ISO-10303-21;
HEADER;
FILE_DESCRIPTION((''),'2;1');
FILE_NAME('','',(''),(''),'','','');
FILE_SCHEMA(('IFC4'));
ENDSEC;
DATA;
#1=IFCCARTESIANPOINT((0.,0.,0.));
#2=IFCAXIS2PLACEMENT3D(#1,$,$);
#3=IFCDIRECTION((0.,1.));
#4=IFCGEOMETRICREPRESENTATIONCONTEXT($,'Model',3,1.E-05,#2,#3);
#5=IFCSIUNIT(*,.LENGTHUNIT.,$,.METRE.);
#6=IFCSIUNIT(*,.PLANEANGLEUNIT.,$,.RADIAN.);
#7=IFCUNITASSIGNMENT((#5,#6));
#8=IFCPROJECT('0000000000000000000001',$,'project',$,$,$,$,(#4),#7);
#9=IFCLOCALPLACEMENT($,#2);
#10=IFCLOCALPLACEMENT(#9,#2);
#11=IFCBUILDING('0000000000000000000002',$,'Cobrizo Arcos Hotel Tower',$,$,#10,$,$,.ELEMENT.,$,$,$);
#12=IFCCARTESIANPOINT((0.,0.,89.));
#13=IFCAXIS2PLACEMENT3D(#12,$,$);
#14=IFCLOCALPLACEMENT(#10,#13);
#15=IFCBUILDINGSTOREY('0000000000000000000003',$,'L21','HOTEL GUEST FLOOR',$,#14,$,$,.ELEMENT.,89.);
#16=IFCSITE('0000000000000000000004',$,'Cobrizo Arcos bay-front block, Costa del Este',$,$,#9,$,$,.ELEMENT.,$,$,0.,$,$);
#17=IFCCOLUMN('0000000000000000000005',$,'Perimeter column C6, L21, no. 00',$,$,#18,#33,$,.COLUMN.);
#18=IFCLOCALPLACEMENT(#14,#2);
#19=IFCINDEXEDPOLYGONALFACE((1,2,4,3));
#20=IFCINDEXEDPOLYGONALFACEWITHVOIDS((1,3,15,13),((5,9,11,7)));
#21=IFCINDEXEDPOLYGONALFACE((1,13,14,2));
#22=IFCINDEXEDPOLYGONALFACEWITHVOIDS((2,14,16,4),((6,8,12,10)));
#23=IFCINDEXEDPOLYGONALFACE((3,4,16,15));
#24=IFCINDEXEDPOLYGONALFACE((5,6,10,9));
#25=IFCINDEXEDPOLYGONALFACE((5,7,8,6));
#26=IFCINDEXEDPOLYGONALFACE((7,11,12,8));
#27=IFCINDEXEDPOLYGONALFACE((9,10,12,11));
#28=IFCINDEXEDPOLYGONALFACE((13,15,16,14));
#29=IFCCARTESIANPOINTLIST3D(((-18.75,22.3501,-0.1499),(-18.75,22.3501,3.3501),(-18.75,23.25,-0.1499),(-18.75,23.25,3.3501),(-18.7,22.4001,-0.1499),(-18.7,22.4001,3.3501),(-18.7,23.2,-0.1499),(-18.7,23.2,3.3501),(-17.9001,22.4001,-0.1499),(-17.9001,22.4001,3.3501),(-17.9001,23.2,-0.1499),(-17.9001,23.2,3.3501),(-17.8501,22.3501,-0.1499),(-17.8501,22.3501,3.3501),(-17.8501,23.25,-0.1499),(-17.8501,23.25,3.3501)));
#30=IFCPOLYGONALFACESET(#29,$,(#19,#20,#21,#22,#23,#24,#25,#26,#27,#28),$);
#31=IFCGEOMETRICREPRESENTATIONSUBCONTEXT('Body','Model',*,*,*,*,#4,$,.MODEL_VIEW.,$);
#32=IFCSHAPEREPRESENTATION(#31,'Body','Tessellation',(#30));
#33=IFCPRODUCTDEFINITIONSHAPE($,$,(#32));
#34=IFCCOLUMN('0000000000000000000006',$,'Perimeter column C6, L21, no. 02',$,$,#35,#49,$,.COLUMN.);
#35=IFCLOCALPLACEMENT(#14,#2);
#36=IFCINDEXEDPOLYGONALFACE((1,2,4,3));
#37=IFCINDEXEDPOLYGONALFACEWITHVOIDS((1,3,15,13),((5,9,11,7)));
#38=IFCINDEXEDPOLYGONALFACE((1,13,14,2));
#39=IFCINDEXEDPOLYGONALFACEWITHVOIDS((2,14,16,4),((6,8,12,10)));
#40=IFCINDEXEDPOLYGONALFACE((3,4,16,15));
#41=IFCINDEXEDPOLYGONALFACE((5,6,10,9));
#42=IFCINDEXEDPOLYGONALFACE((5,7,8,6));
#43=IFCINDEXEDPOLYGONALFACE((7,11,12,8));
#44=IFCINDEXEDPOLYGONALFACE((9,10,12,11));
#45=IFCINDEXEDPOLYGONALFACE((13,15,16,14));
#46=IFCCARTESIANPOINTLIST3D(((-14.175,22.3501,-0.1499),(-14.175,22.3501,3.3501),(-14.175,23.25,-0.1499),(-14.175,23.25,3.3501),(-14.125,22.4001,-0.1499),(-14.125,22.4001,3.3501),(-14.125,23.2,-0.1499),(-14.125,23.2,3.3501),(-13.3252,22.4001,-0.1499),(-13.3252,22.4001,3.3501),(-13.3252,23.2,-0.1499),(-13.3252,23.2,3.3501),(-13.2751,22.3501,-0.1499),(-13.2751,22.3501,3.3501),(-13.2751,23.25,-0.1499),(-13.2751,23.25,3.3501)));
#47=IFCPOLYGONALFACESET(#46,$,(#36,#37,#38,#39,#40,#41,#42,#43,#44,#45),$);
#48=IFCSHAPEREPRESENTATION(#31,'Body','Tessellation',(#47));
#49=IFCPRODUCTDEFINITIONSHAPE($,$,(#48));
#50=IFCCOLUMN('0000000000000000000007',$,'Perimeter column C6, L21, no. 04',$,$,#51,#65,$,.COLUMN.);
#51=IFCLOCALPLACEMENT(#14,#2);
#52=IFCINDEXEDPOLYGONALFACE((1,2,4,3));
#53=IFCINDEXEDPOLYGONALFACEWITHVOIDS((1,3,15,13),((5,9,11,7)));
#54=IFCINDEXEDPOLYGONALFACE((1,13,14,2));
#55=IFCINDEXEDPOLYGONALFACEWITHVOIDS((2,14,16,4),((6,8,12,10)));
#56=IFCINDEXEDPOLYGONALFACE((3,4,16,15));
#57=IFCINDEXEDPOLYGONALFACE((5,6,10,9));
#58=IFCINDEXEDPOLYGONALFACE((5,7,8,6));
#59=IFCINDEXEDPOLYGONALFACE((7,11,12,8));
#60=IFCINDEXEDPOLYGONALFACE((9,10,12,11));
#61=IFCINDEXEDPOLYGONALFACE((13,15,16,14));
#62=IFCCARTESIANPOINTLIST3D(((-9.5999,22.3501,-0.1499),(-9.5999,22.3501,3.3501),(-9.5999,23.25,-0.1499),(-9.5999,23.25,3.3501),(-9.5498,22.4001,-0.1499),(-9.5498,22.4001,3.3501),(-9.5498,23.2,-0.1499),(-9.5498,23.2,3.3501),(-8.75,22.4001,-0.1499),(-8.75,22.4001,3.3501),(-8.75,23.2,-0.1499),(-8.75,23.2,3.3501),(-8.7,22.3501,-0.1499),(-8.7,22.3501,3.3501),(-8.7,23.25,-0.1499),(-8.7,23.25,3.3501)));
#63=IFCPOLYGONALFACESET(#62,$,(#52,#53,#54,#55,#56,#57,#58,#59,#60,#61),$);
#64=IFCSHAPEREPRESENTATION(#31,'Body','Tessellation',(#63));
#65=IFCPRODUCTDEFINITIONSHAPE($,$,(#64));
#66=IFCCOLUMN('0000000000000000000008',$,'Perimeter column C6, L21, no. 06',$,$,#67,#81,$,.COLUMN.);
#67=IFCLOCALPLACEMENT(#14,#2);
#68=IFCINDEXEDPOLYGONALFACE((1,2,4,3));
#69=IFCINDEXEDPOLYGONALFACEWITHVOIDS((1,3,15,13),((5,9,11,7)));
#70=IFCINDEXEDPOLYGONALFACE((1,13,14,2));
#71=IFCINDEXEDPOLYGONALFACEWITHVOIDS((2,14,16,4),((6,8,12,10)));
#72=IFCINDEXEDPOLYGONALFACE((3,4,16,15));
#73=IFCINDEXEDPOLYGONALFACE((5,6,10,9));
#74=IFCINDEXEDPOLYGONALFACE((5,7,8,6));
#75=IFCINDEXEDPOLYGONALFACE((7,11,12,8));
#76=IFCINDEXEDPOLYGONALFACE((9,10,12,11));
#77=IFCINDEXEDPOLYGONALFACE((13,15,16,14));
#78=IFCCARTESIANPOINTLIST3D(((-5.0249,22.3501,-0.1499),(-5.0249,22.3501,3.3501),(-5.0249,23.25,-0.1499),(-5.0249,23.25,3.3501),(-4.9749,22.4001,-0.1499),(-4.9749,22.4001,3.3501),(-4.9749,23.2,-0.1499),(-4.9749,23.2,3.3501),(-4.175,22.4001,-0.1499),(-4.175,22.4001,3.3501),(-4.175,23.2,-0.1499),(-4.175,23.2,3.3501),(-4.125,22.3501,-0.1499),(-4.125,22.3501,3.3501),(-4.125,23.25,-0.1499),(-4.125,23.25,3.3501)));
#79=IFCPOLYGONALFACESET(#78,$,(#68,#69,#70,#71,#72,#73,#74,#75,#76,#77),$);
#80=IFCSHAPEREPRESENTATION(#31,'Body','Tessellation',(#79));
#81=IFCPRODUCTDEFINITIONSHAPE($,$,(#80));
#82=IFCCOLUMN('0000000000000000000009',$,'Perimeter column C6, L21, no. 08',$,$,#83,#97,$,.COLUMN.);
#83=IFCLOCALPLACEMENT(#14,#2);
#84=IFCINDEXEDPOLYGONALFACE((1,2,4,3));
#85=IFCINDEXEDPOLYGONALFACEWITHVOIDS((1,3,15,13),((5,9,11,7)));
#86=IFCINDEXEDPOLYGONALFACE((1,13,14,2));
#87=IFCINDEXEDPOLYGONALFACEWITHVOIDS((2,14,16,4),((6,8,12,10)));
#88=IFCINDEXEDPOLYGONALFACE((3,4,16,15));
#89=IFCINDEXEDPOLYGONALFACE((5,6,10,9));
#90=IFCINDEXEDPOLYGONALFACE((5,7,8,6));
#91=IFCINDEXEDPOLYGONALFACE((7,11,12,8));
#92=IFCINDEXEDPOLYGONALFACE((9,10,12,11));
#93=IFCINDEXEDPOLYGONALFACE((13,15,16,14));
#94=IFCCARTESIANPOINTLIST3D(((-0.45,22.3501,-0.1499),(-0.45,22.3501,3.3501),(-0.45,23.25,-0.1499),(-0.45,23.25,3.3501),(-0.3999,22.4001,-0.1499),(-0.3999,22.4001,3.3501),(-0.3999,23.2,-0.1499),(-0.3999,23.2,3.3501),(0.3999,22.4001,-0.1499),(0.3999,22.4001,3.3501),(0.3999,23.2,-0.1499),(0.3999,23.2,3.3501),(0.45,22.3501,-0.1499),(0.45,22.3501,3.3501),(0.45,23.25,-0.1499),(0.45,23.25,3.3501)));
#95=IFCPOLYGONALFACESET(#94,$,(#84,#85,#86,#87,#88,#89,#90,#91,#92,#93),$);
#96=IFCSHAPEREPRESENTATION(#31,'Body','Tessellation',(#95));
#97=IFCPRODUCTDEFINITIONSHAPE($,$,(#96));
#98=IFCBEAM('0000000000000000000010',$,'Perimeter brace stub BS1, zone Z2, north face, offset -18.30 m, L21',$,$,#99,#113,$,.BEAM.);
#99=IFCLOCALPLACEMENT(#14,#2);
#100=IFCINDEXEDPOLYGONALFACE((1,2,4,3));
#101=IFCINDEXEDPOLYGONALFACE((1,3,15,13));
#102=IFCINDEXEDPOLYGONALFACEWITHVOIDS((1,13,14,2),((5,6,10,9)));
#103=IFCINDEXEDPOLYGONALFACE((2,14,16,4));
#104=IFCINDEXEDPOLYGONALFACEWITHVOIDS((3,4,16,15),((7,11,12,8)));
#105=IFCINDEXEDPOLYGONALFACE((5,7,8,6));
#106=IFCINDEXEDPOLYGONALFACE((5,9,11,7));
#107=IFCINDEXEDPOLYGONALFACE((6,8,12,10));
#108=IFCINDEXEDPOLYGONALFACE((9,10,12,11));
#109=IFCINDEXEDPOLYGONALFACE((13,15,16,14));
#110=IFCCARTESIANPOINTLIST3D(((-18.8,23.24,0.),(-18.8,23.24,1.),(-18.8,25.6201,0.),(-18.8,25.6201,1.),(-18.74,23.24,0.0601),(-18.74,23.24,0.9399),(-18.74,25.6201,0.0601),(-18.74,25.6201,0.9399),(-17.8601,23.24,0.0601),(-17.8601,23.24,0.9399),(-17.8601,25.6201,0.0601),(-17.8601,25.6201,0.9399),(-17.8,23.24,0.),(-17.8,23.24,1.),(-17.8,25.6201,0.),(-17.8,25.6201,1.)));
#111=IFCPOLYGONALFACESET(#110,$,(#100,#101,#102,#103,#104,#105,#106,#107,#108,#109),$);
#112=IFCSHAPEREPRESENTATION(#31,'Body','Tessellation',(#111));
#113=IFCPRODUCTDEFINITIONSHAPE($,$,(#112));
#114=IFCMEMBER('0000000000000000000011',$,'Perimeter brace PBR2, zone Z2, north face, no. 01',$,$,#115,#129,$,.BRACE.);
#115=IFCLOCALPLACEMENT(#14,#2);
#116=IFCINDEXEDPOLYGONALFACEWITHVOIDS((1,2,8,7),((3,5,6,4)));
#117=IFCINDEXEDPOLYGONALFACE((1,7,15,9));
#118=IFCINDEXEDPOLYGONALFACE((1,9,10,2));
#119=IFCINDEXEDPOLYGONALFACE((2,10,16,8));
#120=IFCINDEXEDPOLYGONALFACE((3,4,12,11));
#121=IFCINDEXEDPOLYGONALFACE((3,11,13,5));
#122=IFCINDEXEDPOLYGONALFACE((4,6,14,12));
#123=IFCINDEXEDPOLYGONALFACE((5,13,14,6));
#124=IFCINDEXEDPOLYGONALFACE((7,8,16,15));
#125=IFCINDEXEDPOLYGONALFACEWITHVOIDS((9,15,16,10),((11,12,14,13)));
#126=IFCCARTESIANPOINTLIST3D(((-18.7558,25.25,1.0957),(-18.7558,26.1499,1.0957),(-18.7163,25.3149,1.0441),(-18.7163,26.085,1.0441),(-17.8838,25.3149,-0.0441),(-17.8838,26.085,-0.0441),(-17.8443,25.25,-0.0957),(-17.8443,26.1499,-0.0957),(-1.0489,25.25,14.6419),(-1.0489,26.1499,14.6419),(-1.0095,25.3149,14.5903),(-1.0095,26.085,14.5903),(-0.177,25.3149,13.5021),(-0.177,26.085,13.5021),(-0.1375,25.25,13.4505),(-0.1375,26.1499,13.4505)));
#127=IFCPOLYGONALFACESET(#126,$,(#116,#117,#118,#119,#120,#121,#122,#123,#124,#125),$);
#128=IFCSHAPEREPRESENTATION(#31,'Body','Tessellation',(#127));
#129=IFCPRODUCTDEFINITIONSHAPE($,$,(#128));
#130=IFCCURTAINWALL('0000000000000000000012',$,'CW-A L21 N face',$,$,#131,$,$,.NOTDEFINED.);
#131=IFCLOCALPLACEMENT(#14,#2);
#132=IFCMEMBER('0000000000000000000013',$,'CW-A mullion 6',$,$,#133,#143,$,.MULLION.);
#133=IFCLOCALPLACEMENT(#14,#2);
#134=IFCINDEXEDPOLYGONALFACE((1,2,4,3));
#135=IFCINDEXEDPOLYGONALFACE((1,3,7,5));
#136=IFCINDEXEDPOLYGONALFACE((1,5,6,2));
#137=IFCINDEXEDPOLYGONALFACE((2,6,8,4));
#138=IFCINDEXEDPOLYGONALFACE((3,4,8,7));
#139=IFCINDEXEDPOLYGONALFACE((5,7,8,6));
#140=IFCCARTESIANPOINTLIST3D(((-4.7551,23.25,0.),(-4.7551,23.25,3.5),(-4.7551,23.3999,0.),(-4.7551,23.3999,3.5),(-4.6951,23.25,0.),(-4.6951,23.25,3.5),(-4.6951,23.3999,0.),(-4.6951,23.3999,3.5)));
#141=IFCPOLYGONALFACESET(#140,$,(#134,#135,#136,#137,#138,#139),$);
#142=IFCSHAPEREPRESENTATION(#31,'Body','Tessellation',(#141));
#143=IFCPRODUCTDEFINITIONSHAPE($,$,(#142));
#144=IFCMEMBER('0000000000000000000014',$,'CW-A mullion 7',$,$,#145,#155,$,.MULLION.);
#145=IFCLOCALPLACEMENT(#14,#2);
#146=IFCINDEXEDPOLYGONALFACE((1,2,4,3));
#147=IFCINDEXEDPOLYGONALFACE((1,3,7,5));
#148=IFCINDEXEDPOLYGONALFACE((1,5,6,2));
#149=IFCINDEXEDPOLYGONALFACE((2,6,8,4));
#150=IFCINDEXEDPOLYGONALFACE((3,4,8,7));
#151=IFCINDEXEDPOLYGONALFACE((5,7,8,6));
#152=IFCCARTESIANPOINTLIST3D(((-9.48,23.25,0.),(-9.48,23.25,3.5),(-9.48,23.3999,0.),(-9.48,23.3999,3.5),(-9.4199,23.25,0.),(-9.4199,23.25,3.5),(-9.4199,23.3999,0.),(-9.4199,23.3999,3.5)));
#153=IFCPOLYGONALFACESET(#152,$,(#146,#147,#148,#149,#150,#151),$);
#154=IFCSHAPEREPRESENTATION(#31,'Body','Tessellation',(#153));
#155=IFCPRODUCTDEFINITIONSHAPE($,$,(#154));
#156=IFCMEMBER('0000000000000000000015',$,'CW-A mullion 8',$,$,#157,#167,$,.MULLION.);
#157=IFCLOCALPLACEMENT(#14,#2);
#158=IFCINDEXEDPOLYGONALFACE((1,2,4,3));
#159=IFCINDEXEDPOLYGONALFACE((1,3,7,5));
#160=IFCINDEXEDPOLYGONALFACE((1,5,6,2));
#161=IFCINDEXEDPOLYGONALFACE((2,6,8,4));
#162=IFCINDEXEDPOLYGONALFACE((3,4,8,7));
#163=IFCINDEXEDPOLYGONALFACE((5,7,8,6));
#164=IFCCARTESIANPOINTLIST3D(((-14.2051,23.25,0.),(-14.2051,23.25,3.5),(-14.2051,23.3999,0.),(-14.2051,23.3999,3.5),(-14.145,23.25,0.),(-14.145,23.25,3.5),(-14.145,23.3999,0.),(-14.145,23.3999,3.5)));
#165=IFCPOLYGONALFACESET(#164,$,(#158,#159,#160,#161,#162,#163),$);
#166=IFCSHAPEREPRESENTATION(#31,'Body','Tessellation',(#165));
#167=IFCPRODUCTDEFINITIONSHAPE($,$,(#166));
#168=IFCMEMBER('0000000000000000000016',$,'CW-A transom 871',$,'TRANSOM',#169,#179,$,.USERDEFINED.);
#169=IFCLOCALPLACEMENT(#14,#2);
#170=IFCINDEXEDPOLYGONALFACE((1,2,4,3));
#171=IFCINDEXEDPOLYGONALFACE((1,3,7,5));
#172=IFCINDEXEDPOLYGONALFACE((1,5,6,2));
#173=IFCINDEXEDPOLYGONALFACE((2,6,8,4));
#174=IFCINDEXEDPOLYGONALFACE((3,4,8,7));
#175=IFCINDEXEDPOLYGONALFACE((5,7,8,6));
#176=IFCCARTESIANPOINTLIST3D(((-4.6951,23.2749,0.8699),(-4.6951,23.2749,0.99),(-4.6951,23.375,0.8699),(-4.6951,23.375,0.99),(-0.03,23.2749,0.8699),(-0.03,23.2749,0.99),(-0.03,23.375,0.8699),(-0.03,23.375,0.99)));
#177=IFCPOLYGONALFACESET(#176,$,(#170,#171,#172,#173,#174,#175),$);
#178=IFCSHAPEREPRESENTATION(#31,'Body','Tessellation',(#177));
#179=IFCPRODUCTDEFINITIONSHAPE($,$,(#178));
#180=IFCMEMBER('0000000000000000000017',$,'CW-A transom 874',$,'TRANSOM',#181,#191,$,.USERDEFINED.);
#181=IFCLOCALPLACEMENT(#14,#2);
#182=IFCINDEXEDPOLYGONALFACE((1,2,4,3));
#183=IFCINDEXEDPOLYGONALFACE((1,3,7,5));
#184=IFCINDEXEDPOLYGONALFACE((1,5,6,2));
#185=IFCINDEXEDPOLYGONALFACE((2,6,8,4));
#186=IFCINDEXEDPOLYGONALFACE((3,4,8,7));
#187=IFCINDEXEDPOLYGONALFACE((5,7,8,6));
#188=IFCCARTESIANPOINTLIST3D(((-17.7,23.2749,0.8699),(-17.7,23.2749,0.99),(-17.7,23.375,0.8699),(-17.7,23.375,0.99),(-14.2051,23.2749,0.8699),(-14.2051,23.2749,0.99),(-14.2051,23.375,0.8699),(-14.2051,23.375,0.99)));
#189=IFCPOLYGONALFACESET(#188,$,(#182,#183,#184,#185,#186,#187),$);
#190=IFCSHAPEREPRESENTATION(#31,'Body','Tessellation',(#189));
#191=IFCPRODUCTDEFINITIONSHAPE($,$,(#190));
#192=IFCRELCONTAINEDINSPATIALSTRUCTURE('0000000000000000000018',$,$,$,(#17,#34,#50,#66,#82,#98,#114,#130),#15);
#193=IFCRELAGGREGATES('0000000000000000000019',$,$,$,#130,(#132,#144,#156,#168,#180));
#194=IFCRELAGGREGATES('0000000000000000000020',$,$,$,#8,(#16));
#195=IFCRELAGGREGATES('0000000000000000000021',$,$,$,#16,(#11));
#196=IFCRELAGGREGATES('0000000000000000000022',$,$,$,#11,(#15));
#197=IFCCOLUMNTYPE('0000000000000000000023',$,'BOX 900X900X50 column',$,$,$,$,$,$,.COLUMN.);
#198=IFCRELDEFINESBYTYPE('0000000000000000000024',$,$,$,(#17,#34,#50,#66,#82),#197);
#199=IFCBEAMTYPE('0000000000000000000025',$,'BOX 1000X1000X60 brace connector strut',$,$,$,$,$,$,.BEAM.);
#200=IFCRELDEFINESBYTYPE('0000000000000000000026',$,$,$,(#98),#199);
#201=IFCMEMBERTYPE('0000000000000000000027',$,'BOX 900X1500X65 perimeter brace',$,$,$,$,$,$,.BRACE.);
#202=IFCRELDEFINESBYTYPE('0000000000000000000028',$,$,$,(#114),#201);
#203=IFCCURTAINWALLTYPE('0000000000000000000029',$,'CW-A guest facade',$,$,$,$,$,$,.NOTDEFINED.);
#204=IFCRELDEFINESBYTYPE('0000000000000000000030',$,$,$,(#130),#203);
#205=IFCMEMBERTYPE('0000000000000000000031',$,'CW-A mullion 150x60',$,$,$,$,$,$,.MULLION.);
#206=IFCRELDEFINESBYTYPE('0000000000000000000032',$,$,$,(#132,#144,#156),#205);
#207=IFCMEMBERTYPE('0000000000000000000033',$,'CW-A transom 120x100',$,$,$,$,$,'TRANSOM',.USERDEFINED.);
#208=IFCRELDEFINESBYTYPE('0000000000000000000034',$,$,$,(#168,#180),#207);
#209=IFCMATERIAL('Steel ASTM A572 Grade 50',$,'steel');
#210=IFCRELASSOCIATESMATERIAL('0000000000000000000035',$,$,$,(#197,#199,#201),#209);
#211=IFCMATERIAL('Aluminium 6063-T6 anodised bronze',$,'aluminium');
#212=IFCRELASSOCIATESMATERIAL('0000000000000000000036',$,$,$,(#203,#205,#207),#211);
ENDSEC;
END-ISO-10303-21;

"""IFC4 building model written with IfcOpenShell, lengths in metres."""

from ifc_helpers import new_model, si_unit, direction, frame, origin, origin_2d, place, context, subcontext, project, spatial, rectangle, hollow_rectangle, extrude, material, material_profile, profile_set, type_object, element, aggregate, save


model = new_model("IFC4")

# Units and contexts
model_context = context("Model", 3, precision=1e-05, world=origin(), true_north=direction((0.0, 1.0)))
body_context = subcontext(model_context, "Body", "Model", "MODEL_VIEW")
ifc_project = project(units=[si_unit("LENGTHUNIT", "METRE"), si_unit("PLANEANGLEUNIT", "RADIAN")], contexts=[model_context])

# Site, building, storey
site_placement = place(None, origin())
site = spatial("IfcSite", under=ifc_project, at=site_placement, Name="Cobrizo Arcos bay-front block, Costa del Este", CompositionType="ELEMENT", RefElevation=0.0)
building_placement = place(site_placement, origin())
building = spatial("IfcBuilding", under=site, at=building_placement, Name="Cobrizo Arcos Hotel Tower", CompositionType="ELEMENT")
storey_placement = place(building_placement, frame((0.0, 0.0, 89.0)))
storey = spatial("IfcBuildingStorey", under=building, at=storey_placement, Name="L21", Description="HOTEL GUEST FLOOR", CompositionType="ELEMENT", Elevation=89.0)

# Columns
ifc_material_1 = material(Name="Steel ASTM A572 Grade 50", Category="steel")
ifc_material_profile_1 = material_profile(ifc_material_1, hollow_rectangle(XDim=0.8999, YDim=0.8999, WallThickness=0.05, at=origin_2d()), Name="BOX 900X900X50")
ifc_profile_set_1 = profile_set([ifc_material_profile_1], Name="Steel ASTM A572 Grade 50")
column_type = type_object("IfcColumnType", Name="BOX 900X900X50 column", PredefinedType="COLUMN", material=ifc_profile_set_1)
for number, where, z_axis, x_axis, name in (
    (1, (-18.3, 22.8, -0.1499), (0.0, 0.0, 1.0), (1.0, 0.0, 0.0), "Perimeter column C6, L21, no. 00"),
    (2, (-13.7251, 22.8, -0.1499), (0.0, 0.0, 1.0), (1.0, 0.0, 0.0), "Perimeter column C6, L21, no. 02"),
    (3, (-9.1499, 22.8, -0.1499), (0.0, 0.0, 1.0), (1.0, 0.0, 0.0), "Perimeter column C6, L21, no. 04"),
    (4, (-4.575, 22.8, -0.1499), (0.0, 0.0, 1.0), (1.0, 0.0, 0.0), "Perimeter column C6, L21, no. 06"),
    (5, (0.0, 22.8, -0.1499), (0.0, 0.0, 1.0), (1.0, 0.0, 0.0), "Perimeter column C6, L21, no. 08"),
):
    element("IfcColumn", number, at=place(storey_placement, frame(where, z_axis=z_axis, x_axis=x_axis)), inside=storey, type_object=column_type, Name=name, PredefinedType="COLUMN", context=body_context, shape_type="SweptSolid", body=[
        extrude(hollow_rectangle(XDim=0.8999, YDim=0.8999, WallThickness=0.05, at=origin_2d()), origin(), (0.0, 0.0, 1.0), 3.5),
    ])

# Beam
ifc_material_profile_2 = material_profile(ifc_material_1, hollow_rectangle(XDim=1.0, YDim=1.0, WallThickness=0.0601, at=origin_2d()), Name="BOX 1000X1000X60")
ifc_profile_set_2 = profile_set([ifc_material_profile_2], Name="Steel ASTM A572 Grade 50")
beam_type_1 = type_object("IfcBeamType", Name="BOX 1000X1000X60 brace connector strut", PredefinedType="BEAM", material=ifc_profile_set_2)
beam_1_placement = place(storey_placement, frame((-18.3, 23.24, 0.5), z_axis=(0.0, 1.0, 0.0), x_axis=(-1.0, 0.0, 0.0)))
element("IfcBeam", 6, at=beam_1_placement, inside=storey, type_object=beam_type_1, Name="Perimeter brace stub BS1, zone Z2, north face, offset -18.30 m, L21", PredefinedType="BEAM", context=body_context, shape_type="SweptSolid", body=[
    extrude(hollow_rectangle(XDim=1.0, YDim=1.0, WallThickness=0.0601, at=origin_2d()), origin(), (0.0, 0.0, 1.0), 2.3801),
])

# Member
ifc_material_profile_3 = material_profile(ifc_material_1, hollow_rectangle(XDim=0.8999, YDim=1.5, WallThickness=0.0649, at=origin_2d()), Name="BOX 900X1500X65")
ifc_profile_set_3 = profile_set([ifc_material_profile_3], Name="Steel ASTM A572 Grade 50")
member_type_1 = type_object("IfcMemberType", Name="BOX 900X1500X65 perimeter brace", PredefinedType="BRACE", material=ifc_profile_set_3)
member_1_placement = place(storey_placement, frame((-18.3, 25.7, 0.5), z_axis=(0.794235, 0.0, 0.60761), x_axis=(0.0, 1.0, 0.0)))
element("IfcMember", 7, at=member_1_placement, inside=storey, type_object=member_type_1, Name="Perimeter brace PBR2, zone Z2, north face, no. 01", PredefinedType="BRACE", context=body_context, shape_type="SweptSolid", body=[
    extrude(hollow_rectangle(XDim=0.8999, YDim=1.5, WallThickness=0.0649, at=origin_2d()), origin(), (0.0, 0.0, 1.0), 22.2942),
])

# Curtain wall, members
ifc_material_2 = material(Name="Aluminium 6063-T6 anodised bronze", Category="aluminium")
curtain_wall_type = type_object("IfcCurtainWallType", Name="CW-A guest facade", PredefinedType="NOTDEFINED", material=ifc_material_2)
curtain_wall_placement = place(storey_placement, origin())
curtain_wall = element("IfcCurtainWall", 8, at=curtain_wall_placement, inside=storey, type_object=curtain_wall_type, Name="CW-A L21 N face", PredefinedType="NOTDEFINED")
ifc_material_profile_4 = material_profile(ifc_material_2, rectangle(XDim=0.1499, YDim=0.0601, at=origin_2d()), Name="CW-A mullion 150x60")
ifc_profile_set_4 = profile_set([ifc_material_profile_4], Name="Aluminium 6063-T6 anodised bronze")
member_type_2 = type_object("IfcMemberType", Name="CW-A mullion 150x60", PredefinedType="MULLION", material=ifc_profile_set_4)
member_2_placement = place(storey_placement, frame((-4.7251, 23.325, 0.0), z_axis=(0.0, 0.0, 1.0), x_axis=(0.0, 1.0, 0.0)))
member_2 = element("IfcMember", 9, at=member_2_placement, type_object=member_type_2, Name="CW-A mullion 6", PredefinedType="MULLION", context=body_context, shape_type="SweptSolid", body=[
    extrude(rectangle(XDim=0.1499, YDim=0.0601, at=origin_2d()), origin(), (0.0, 0.0, 1.0), 3.5),
])
member_3_placement = place(storey_placement, frame((-9.45, 23.325, 0.0), z_axis=(0.0, 0.0, 1.0), x_axis=(0.0, 1.0, 0.0)))
member_3 = element("IfcMember", 10, at=member_3_placement, type_object=member_type_2, Name="CW-A mullion 7", PredefinedType="MULLION", context=body_context, shape_type="SweptSolid", body=[
    extrude(rectangle(XDim=0.1499, YDim=0.0601, at=origin_2d()), origin(), (0.0, 0.0, 1.0), 3.5),
])
member_4_placement = place(storey_placement, frame((-14.175, 23.325, 0.0), z_axis=(0.0, 0.0, 1.0), x_axis=(0.0, 1.0, 0.0)))
member_4 = element("IfcMember", 11, at=member_4_placement, type_object=member_type_2, Name="CW-A mullion 8", PredefinedType="MULLION", context=body_context, shape_type="SweptSolid", body=[
    extrude(rectangle(XDim=0.1499, YDim=0.0601, at=origin_2d()), origin(), (0.0, 0.0, 1.0), 3.5),
])
ifc_material_profile_5 = material_profile(ifc_material_2, rectangle(XDim=0.1001, YDim=0.1201, at=origin_2d()), Name="CW-A transom 120x100")
ifc_profile_set_5 = profile_set([ifc_material_profile_5], Name="Aluminium 6063-T6 anodised bronze")
member_type_3 = type_object("IfcMemberType", Name="CW-A transom 120x100", ElementType="TRANSOM", PredefinedType="USERDEFINED", material=ifc_profile_set_5)
member_5_placement = place(storey_placement, frame((-0.03, 23.325, 0.9299), z_axis=(-1.0, 0.0, 0.0), x_axis=(0.0, -1.0, 0.0)))
member_5 = element("IfcMember", 12, at=member_5_placement, type_object=member_type_3, Name="CW-A transom 871", ObjectType="TRANSOM", PredefinedType="USERDEFINED", context=body_context, shape_type="SweptSolid", body=[
    extrude(rectangle(XDim=0.1001, YDim=0.1201, at=origin_2d()), origin(), (0.0, 0.0, 1.0), 4.665),
])
member_6_placement = place(storey_placement, frame((-14.2051, 23.325, 0.9299), z_axis=(-1.0, 0.0, 0.0), x_axis=(0.0, -1.0, 0.0)))
member_6 = element("IfcMember", 13, at=member_6_placement, type_object=member_type_3, Name="CW-A transom 874", ObjectType="TRANSOM", PredefinedType="USERDEFINED", context=body_context, shape_type="SweptSolid", body=[
    extrude(rectangle(XDim=0.1001, YDim=0.1201, at=origin_2d()), origin(), (0.0, 0.0, 1.0), 3.4949),
])

aggregate(curtain_wall, [member_2, member_3, member_4, member_5, member_6])

save(model, "model.ifc")
